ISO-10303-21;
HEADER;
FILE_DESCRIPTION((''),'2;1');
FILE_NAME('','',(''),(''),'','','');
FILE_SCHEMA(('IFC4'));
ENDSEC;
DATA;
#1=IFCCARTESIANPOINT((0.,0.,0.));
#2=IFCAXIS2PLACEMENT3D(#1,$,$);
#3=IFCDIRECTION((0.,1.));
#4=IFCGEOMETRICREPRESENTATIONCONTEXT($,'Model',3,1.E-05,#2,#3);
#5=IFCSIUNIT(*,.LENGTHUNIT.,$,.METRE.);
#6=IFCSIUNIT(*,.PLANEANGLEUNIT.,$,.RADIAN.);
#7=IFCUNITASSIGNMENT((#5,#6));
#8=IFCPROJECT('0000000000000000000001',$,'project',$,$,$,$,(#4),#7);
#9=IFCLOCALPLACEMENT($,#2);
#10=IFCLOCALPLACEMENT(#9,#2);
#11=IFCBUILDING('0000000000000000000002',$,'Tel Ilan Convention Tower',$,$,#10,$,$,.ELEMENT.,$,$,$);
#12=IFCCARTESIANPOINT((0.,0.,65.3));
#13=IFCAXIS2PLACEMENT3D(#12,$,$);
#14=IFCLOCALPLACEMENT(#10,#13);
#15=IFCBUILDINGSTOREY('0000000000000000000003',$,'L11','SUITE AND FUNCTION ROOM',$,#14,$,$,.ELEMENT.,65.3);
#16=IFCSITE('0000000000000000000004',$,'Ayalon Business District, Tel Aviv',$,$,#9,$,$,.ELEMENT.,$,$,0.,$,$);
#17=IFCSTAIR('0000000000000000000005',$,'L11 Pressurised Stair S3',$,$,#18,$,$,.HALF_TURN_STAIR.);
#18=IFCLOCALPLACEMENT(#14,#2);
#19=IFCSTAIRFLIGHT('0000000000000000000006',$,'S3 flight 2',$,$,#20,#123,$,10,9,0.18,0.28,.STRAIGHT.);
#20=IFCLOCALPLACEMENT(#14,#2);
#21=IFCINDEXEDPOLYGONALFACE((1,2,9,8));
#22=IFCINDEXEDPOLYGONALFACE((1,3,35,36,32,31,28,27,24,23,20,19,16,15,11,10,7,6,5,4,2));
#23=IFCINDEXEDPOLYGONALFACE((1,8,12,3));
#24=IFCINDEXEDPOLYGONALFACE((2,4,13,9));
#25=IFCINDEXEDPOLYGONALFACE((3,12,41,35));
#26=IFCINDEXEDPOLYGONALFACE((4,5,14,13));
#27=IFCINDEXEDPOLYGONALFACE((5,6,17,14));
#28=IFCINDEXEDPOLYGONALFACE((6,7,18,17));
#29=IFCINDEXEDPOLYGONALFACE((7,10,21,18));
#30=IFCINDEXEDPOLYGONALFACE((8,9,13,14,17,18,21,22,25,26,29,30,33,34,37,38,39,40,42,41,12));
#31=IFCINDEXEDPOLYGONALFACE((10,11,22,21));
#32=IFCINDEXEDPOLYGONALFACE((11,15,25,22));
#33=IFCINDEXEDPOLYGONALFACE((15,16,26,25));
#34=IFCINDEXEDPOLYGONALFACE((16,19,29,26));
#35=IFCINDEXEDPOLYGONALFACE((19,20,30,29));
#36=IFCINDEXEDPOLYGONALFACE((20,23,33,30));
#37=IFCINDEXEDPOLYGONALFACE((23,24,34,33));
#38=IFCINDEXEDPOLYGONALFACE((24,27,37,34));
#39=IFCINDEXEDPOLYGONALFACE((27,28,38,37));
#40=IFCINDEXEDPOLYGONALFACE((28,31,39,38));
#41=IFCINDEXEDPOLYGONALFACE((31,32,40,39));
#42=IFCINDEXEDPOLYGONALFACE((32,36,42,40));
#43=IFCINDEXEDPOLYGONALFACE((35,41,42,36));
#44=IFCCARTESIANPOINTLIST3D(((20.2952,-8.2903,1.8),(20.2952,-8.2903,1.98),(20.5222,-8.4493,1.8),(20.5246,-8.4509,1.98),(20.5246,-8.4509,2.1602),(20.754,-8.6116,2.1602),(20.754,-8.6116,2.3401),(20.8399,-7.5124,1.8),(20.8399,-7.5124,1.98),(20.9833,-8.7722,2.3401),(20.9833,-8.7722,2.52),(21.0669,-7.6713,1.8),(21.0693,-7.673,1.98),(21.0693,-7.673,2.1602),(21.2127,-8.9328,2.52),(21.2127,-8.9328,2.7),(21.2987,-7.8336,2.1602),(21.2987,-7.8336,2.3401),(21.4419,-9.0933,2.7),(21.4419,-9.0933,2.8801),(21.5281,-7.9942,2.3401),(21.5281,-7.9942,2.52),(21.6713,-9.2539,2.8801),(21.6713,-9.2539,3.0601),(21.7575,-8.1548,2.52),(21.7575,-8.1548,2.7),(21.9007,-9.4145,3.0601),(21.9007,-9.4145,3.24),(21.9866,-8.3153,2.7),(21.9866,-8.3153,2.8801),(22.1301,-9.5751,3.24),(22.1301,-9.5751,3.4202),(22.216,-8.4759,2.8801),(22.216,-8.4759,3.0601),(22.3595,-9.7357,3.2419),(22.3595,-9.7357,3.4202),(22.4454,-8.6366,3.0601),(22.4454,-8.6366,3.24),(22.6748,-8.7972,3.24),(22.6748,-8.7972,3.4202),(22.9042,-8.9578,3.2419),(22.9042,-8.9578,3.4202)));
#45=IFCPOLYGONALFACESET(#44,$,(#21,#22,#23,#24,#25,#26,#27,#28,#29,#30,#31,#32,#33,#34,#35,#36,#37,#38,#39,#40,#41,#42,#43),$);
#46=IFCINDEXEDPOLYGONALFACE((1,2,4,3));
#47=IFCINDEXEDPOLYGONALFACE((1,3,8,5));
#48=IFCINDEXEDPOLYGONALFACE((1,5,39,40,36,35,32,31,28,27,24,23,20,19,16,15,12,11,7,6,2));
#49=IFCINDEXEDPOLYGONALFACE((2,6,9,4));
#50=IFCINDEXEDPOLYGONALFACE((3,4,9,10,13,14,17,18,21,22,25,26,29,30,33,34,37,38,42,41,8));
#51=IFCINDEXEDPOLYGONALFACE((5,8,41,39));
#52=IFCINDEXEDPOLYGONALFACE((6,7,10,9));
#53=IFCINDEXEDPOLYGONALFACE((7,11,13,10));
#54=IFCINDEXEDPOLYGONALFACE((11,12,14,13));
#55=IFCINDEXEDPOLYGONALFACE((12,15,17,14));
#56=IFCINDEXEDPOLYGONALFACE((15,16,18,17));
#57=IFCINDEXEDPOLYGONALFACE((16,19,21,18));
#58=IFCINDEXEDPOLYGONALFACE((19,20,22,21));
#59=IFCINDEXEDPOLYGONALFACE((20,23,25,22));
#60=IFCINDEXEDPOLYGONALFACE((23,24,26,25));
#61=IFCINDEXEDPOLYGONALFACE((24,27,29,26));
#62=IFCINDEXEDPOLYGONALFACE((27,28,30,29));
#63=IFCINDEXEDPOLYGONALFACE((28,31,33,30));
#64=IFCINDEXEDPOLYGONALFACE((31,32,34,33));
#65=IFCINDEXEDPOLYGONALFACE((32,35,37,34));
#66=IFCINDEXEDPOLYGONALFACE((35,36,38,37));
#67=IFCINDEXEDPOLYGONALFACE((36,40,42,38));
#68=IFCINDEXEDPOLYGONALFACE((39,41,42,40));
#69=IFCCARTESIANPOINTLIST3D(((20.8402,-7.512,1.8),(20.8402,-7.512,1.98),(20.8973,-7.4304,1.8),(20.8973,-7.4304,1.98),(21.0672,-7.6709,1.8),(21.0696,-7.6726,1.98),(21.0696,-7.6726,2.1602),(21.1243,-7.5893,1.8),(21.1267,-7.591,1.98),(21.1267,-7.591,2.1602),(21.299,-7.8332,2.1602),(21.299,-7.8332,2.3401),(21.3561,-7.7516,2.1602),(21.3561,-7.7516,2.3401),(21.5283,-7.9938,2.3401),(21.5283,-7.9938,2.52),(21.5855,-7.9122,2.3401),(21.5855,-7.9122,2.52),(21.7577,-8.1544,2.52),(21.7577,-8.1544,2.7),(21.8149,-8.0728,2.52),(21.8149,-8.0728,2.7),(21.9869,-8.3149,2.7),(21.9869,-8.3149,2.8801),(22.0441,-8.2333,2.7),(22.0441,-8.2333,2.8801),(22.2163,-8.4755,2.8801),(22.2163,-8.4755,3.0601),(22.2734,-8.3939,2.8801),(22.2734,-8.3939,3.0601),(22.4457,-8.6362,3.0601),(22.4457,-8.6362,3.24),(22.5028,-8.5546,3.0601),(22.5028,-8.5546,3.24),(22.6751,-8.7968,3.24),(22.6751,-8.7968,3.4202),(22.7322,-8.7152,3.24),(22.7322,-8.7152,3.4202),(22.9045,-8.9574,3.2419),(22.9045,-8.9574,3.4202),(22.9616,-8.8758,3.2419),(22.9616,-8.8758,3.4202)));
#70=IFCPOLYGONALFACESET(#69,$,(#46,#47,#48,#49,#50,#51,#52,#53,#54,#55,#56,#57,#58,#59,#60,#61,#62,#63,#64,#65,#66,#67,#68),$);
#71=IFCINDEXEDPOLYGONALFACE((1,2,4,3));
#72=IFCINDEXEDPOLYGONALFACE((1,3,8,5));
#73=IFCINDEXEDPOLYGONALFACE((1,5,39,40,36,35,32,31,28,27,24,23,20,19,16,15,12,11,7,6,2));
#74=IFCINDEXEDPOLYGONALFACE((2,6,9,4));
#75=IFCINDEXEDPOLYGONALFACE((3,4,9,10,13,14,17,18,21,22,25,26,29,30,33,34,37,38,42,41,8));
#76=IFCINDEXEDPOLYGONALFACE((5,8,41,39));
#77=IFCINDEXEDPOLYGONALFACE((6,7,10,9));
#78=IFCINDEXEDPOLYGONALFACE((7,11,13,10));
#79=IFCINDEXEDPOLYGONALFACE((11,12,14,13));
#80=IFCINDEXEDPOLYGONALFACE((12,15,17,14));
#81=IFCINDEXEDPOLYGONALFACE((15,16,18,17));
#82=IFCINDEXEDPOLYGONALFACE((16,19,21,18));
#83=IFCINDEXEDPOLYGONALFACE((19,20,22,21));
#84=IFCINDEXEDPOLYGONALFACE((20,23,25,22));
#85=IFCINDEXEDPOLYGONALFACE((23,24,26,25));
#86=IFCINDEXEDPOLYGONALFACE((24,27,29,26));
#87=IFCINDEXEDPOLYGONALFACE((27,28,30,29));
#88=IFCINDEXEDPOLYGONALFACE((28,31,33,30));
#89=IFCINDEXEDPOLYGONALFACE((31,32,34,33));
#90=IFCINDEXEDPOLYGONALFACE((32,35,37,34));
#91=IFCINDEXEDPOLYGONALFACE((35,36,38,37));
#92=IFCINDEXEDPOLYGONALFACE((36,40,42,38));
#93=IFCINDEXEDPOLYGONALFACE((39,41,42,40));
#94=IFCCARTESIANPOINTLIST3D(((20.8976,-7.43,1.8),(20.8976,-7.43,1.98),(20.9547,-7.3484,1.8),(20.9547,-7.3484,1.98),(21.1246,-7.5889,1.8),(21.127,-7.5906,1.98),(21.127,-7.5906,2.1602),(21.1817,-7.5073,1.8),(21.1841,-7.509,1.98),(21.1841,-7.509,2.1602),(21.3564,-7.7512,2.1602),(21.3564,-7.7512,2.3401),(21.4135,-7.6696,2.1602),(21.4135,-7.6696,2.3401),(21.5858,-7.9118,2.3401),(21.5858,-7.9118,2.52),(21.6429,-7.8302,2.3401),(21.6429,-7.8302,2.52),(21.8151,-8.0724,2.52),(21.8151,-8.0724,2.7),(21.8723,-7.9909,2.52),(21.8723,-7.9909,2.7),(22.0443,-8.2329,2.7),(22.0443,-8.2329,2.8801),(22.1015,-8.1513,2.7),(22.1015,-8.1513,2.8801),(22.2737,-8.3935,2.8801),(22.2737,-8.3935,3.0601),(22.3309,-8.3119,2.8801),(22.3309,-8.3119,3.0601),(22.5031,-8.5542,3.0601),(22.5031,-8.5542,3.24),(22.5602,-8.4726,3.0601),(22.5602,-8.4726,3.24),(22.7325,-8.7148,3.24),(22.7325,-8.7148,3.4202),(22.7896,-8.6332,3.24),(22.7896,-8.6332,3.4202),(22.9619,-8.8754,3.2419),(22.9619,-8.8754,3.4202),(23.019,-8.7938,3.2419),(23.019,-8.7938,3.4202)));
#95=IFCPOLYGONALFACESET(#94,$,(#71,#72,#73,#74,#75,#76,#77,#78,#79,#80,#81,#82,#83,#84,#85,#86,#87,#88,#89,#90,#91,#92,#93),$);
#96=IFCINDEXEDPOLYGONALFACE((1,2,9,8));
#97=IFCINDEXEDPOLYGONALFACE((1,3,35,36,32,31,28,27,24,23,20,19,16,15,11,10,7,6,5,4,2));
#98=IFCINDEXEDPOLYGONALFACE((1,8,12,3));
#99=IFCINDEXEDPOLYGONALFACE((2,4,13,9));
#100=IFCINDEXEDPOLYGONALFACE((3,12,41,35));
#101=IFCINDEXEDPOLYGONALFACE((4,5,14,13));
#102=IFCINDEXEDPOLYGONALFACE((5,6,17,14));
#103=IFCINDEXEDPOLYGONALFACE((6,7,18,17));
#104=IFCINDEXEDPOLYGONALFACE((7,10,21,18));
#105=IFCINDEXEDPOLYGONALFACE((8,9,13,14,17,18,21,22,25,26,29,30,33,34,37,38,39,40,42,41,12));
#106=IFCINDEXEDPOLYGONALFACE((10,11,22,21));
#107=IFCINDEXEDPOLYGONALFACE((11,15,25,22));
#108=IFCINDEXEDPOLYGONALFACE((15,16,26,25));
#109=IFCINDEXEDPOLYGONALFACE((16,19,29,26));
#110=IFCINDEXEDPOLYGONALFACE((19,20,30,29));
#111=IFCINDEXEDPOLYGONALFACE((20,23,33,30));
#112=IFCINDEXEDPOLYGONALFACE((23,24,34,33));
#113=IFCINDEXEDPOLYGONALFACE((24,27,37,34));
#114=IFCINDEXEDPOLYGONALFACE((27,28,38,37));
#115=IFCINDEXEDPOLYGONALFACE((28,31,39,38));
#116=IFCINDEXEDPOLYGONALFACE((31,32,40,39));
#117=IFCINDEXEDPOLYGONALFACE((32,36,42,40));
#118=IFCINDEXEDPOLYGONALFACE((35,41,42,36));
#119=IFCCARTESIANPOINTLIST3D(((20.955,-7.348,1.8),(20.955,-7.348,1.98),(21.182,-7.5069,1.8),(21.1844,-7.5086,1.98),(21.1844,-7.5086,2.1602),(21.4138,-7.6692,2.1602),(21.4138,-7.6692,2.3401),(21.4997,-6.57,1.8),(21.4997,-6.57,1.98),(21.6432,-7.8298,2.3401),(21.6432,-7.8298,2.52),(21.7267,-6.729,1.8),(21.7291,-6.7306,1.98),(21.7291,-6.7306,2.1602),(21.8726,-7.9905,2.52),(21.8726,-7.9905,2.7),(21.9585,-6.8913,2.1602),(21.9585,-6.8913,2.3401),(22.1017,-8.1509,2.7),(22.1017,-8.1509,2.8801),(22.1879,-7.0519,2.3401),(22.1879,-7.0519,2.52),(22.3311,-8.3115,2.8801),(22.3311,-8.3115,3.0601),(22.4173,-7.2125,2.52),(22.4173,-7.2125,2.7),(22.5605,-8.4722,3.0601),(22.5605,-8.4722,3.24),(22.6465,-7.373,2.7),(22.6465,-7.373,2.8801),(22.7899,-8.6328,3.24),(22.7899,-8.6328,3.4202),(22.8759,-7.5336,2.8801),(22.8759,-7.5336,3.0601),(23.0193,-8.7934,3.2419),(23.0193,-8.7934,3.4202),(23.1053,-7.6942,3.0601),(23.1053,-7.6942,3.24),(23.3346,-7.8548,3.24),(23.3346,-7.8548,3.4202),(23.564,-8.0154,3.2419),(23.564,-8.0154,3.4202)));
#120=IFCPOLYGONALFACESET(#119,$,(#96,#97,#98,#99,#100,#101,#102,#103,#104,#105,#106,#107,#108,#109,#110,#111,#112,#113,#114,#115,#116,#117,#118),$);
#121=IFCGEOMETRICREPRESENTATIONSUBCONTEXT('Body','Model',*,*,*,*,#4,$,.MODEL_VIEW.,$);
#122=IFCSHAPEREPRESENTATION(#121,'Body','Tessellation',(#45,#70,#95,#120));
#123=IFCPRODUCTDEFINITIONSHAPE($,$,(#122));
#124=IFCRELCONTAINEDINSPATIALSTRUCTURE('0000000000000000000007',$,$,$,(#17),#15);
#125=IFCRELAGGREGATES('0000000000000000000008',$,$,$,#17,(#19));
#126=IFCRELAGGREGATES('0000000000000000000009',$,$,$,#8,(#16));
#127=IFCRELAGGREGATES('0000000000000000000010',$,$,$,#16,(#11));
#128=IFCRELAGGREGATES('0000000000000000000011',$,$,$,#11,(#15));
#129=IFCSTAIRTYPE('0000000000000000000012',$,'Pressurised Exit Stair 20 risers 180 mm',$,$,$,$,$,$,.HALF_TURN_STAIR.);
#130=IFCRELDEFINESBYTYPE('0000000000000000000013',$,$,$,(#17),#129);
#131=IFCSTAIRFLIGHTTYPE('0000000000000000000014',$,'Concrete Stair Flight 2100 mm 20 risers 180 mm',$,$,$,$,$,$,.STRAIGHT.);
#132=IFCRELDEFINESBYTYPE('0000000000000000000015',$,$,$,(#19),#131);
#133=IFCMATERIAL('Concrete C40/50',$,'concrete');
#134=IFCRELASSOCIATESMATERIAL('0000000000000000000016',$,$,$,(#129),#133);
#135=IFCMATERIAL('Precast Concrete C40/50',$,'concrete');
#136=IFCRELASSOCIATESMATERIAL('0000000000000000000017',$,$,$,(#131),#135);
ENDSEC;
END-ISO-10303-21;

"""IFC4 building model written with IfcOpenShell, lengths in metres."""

from ifc_helpers import new_model, si_unit, direction, frame, origin, place, context, subcontext, project, spatial, polyline, outline, extrude, material, type_object, element, aggregate, save


model = new_model("IFC4")

# Units and contexts
model_context = context("Model", 3, precision=1e-05, world=origin(), true_north=direction((0.0, 1.0)))
body_context = subcontext(model_context, "Body", "Model", "MODEL_VIEW")
ifc_project = project(units=[si_unit("LENGTHUNIT", "METRE"), si_unit("PLANEANGLEUNIT", "RADIAN")], contexts=[model_context])

# Site, building, storey
site_placement = place(None, origin())
site = spatial("IfcSite", under=ifc_project, at=site_placement, Name="Ayalon Business District, Tel Aviv", CompositionType="ELEMENT", RefElevation=0.0)
building_placement = place(site_placement, origin())
building = spatial("IfcBuilding", under=site, at=building_placement, Name="Tel Ilan Convention Tower", CompositionType="ELEMENT")
storey_placement = place(building_placement, frame((0.0, 0.0, 65.3)))
storey = spatial("IfcBuildingStorey", under=building, at=storey_placement, Name="L11", Description="SUITE AND FUNCTION ROOM", CompositionType="ELEMENT", Elevation=65.3)

# Stair, stair flight
ifc_material_1 = material(Name="Concrete C40/50", Category="concrete")
stair_type = type_object("IfcStairType", Name="Pressurised Exit Stair 20 risers 180 mm", PredefinedType="HALF_TURN_STAIR", material=ifc_material_1)
stair_1_placement = place(storey_placement, origin())
stair_1 = element("IfcStair", 1, at=stair_1_placement, inside=storey, type_object=stair_type, Name="L11 Pressurised Stair S3", PredefinedType="HALF_TURN_STAIR")
ifc_material_2 = material(Name="Precast Concrete C40/50", Category="concrete")
stair_flight_type = type_object("IfcStairFlightType", Name="Concrete Stair Flight 2100 mm 20 risers 180 mm", PredefinedType="STRAIGHT", material=ifc_material_2)
stair_flight_1_placement = place(storey_placement, frame((20.8975, -7.4302, 1.8), z_axis=(0.0, 0.0, 1.0), x_axis=(0.819152, -0.573576, 0.0)))
stair_flight_1 = element("IfcStairFlight", 2, at=stair_flight_1_placement, type_object=stair_flight_type, Name="S3 flight 2", NumberOfRisers=10, NumberOfTreads=9, PredefinedType="STRAIGHT", RiserHeight=0.18, TreadLength=0.28, context=body_context, shape_type="SweptSolid", body=[
    extrude(outline(polyline([(0.0, 0.0), (0.0, 0.1799), (0.28, 0.1799), (0.28, 0.3601), (0.5601, 0.3601), (0.5601, 0.54), (0.8401, 0.54), (0.8401, 0.72), (1.1201, 0.72), (1.1201, 0.8999), (1.3999, 0.8999), (1.3999, 1.0801), (1.6799, 1.0801), (1.6799, 1.26), (1.96, 1.26), (1.96, 1.4399), (2.24, 1.4399), (2.24, 1.6201), (2.52, 1.6201), (2.52, 1.8), (2.52, 1.4419), (0.2771, 0.0), (0.0, 0.0)])), frame((0.0, -0.1003, 0.0), z_axis=(0.0, -1.0, 0.0), x_axis=(1.0, 0.0, 0.0)), (0.0, 0.0, 1.0), 0.9497),
    extrude(outline(polyline([(0.0, 0.0), (0.0, 0.1799), (0.28, 0.1799), (0.28, 0.3601), (0.5601, 0.3601), (0.5601, 0.54), (0.8401, 0.54), (0.8401, 0.72), (1.1201, 0.72), (1.1201, 0.8999), (1.3999, 0.8999), (1.3999, 1.0801), (1.6799, 1.0801), (1.6799, 1.26), (1.96, 1.26), (1.96, 1.4399), (2.24, 1.4399), (2.24, 1.6201), (2.52, 1.6201), (2.52, 1.8), (2.52, 1.4419), (0.2771, 0.0), (0.0, 0.0)])), frame((0.0, -0.0002, 0.0), z_axis=(0.0, -1.0, 0.0), x_axis=(1.0, 0.0, 0.0)), (0.0, 0.0, 1.0), 0.0996),
    extrude(outline(polyline([(0.0, 0.0), (0.0, 0.1799), (0.28, 0.1799), (0.28, 0.3601), (0.5601, 0.3601), (0.5601, 0.54), (0.8401, 0.54), (0.8401, 0.72), (1.1201, 0.72), (1.1201, 0.8999), (1.3999, 0.8999), (1.3999, 1.0801), (1.6799, 1.0801), (1.6799, 1.26), (1.96, 1.26), (1.96, 1.4399), (2.24, 1.4399), (2.24, 1.6201), (2.52, 1.6201), (2.52, 1.8), (2.52, 1.4419), (0.2771, 0.0), (0.0, 0.0)])), frame((0.0, 0.0999, 0.0), z_axis=(0.0, -1.0, 0.0), x_axis=(1.0, 0.0, 0.0)), (0.0, 0.0, 1.0), 0.0996),
    extrude(outline(polyline([(0.0, 0.0), (0.0, 0.1799), (0.28, 0.1799), (0.28, 0.3601), (0.5601, 0.3601), (0.5601, 0.54), (0.8401, 0.54), (0.8401, 0.72), (1.1201, 0.72), (1.1201, 0.8999), (1.3999, 0.8999), (1.3999, 1.0801), (1.6799, 1.0801), (1.6799, 1.26), (1.96, 1.26), (1.96, 1.4399), (2.24, 1.4399), (2.24, 1.6201), (2.52, 1.6201), (2.52, 1.8), (2.52, 1.4419), (0.2771, 0.0), (0.0, 0.0)])), frame((0.0, 1.05, 0.0), z_axis=(0.0, -1.0, 0.0), x_axis=(1.0, 0.0, 0.0)), (0.0, 0.0, 1.0), 0.9497),
])
aggregate(stair_1, [stair_flight_1])

save(model, "model.ifc")
